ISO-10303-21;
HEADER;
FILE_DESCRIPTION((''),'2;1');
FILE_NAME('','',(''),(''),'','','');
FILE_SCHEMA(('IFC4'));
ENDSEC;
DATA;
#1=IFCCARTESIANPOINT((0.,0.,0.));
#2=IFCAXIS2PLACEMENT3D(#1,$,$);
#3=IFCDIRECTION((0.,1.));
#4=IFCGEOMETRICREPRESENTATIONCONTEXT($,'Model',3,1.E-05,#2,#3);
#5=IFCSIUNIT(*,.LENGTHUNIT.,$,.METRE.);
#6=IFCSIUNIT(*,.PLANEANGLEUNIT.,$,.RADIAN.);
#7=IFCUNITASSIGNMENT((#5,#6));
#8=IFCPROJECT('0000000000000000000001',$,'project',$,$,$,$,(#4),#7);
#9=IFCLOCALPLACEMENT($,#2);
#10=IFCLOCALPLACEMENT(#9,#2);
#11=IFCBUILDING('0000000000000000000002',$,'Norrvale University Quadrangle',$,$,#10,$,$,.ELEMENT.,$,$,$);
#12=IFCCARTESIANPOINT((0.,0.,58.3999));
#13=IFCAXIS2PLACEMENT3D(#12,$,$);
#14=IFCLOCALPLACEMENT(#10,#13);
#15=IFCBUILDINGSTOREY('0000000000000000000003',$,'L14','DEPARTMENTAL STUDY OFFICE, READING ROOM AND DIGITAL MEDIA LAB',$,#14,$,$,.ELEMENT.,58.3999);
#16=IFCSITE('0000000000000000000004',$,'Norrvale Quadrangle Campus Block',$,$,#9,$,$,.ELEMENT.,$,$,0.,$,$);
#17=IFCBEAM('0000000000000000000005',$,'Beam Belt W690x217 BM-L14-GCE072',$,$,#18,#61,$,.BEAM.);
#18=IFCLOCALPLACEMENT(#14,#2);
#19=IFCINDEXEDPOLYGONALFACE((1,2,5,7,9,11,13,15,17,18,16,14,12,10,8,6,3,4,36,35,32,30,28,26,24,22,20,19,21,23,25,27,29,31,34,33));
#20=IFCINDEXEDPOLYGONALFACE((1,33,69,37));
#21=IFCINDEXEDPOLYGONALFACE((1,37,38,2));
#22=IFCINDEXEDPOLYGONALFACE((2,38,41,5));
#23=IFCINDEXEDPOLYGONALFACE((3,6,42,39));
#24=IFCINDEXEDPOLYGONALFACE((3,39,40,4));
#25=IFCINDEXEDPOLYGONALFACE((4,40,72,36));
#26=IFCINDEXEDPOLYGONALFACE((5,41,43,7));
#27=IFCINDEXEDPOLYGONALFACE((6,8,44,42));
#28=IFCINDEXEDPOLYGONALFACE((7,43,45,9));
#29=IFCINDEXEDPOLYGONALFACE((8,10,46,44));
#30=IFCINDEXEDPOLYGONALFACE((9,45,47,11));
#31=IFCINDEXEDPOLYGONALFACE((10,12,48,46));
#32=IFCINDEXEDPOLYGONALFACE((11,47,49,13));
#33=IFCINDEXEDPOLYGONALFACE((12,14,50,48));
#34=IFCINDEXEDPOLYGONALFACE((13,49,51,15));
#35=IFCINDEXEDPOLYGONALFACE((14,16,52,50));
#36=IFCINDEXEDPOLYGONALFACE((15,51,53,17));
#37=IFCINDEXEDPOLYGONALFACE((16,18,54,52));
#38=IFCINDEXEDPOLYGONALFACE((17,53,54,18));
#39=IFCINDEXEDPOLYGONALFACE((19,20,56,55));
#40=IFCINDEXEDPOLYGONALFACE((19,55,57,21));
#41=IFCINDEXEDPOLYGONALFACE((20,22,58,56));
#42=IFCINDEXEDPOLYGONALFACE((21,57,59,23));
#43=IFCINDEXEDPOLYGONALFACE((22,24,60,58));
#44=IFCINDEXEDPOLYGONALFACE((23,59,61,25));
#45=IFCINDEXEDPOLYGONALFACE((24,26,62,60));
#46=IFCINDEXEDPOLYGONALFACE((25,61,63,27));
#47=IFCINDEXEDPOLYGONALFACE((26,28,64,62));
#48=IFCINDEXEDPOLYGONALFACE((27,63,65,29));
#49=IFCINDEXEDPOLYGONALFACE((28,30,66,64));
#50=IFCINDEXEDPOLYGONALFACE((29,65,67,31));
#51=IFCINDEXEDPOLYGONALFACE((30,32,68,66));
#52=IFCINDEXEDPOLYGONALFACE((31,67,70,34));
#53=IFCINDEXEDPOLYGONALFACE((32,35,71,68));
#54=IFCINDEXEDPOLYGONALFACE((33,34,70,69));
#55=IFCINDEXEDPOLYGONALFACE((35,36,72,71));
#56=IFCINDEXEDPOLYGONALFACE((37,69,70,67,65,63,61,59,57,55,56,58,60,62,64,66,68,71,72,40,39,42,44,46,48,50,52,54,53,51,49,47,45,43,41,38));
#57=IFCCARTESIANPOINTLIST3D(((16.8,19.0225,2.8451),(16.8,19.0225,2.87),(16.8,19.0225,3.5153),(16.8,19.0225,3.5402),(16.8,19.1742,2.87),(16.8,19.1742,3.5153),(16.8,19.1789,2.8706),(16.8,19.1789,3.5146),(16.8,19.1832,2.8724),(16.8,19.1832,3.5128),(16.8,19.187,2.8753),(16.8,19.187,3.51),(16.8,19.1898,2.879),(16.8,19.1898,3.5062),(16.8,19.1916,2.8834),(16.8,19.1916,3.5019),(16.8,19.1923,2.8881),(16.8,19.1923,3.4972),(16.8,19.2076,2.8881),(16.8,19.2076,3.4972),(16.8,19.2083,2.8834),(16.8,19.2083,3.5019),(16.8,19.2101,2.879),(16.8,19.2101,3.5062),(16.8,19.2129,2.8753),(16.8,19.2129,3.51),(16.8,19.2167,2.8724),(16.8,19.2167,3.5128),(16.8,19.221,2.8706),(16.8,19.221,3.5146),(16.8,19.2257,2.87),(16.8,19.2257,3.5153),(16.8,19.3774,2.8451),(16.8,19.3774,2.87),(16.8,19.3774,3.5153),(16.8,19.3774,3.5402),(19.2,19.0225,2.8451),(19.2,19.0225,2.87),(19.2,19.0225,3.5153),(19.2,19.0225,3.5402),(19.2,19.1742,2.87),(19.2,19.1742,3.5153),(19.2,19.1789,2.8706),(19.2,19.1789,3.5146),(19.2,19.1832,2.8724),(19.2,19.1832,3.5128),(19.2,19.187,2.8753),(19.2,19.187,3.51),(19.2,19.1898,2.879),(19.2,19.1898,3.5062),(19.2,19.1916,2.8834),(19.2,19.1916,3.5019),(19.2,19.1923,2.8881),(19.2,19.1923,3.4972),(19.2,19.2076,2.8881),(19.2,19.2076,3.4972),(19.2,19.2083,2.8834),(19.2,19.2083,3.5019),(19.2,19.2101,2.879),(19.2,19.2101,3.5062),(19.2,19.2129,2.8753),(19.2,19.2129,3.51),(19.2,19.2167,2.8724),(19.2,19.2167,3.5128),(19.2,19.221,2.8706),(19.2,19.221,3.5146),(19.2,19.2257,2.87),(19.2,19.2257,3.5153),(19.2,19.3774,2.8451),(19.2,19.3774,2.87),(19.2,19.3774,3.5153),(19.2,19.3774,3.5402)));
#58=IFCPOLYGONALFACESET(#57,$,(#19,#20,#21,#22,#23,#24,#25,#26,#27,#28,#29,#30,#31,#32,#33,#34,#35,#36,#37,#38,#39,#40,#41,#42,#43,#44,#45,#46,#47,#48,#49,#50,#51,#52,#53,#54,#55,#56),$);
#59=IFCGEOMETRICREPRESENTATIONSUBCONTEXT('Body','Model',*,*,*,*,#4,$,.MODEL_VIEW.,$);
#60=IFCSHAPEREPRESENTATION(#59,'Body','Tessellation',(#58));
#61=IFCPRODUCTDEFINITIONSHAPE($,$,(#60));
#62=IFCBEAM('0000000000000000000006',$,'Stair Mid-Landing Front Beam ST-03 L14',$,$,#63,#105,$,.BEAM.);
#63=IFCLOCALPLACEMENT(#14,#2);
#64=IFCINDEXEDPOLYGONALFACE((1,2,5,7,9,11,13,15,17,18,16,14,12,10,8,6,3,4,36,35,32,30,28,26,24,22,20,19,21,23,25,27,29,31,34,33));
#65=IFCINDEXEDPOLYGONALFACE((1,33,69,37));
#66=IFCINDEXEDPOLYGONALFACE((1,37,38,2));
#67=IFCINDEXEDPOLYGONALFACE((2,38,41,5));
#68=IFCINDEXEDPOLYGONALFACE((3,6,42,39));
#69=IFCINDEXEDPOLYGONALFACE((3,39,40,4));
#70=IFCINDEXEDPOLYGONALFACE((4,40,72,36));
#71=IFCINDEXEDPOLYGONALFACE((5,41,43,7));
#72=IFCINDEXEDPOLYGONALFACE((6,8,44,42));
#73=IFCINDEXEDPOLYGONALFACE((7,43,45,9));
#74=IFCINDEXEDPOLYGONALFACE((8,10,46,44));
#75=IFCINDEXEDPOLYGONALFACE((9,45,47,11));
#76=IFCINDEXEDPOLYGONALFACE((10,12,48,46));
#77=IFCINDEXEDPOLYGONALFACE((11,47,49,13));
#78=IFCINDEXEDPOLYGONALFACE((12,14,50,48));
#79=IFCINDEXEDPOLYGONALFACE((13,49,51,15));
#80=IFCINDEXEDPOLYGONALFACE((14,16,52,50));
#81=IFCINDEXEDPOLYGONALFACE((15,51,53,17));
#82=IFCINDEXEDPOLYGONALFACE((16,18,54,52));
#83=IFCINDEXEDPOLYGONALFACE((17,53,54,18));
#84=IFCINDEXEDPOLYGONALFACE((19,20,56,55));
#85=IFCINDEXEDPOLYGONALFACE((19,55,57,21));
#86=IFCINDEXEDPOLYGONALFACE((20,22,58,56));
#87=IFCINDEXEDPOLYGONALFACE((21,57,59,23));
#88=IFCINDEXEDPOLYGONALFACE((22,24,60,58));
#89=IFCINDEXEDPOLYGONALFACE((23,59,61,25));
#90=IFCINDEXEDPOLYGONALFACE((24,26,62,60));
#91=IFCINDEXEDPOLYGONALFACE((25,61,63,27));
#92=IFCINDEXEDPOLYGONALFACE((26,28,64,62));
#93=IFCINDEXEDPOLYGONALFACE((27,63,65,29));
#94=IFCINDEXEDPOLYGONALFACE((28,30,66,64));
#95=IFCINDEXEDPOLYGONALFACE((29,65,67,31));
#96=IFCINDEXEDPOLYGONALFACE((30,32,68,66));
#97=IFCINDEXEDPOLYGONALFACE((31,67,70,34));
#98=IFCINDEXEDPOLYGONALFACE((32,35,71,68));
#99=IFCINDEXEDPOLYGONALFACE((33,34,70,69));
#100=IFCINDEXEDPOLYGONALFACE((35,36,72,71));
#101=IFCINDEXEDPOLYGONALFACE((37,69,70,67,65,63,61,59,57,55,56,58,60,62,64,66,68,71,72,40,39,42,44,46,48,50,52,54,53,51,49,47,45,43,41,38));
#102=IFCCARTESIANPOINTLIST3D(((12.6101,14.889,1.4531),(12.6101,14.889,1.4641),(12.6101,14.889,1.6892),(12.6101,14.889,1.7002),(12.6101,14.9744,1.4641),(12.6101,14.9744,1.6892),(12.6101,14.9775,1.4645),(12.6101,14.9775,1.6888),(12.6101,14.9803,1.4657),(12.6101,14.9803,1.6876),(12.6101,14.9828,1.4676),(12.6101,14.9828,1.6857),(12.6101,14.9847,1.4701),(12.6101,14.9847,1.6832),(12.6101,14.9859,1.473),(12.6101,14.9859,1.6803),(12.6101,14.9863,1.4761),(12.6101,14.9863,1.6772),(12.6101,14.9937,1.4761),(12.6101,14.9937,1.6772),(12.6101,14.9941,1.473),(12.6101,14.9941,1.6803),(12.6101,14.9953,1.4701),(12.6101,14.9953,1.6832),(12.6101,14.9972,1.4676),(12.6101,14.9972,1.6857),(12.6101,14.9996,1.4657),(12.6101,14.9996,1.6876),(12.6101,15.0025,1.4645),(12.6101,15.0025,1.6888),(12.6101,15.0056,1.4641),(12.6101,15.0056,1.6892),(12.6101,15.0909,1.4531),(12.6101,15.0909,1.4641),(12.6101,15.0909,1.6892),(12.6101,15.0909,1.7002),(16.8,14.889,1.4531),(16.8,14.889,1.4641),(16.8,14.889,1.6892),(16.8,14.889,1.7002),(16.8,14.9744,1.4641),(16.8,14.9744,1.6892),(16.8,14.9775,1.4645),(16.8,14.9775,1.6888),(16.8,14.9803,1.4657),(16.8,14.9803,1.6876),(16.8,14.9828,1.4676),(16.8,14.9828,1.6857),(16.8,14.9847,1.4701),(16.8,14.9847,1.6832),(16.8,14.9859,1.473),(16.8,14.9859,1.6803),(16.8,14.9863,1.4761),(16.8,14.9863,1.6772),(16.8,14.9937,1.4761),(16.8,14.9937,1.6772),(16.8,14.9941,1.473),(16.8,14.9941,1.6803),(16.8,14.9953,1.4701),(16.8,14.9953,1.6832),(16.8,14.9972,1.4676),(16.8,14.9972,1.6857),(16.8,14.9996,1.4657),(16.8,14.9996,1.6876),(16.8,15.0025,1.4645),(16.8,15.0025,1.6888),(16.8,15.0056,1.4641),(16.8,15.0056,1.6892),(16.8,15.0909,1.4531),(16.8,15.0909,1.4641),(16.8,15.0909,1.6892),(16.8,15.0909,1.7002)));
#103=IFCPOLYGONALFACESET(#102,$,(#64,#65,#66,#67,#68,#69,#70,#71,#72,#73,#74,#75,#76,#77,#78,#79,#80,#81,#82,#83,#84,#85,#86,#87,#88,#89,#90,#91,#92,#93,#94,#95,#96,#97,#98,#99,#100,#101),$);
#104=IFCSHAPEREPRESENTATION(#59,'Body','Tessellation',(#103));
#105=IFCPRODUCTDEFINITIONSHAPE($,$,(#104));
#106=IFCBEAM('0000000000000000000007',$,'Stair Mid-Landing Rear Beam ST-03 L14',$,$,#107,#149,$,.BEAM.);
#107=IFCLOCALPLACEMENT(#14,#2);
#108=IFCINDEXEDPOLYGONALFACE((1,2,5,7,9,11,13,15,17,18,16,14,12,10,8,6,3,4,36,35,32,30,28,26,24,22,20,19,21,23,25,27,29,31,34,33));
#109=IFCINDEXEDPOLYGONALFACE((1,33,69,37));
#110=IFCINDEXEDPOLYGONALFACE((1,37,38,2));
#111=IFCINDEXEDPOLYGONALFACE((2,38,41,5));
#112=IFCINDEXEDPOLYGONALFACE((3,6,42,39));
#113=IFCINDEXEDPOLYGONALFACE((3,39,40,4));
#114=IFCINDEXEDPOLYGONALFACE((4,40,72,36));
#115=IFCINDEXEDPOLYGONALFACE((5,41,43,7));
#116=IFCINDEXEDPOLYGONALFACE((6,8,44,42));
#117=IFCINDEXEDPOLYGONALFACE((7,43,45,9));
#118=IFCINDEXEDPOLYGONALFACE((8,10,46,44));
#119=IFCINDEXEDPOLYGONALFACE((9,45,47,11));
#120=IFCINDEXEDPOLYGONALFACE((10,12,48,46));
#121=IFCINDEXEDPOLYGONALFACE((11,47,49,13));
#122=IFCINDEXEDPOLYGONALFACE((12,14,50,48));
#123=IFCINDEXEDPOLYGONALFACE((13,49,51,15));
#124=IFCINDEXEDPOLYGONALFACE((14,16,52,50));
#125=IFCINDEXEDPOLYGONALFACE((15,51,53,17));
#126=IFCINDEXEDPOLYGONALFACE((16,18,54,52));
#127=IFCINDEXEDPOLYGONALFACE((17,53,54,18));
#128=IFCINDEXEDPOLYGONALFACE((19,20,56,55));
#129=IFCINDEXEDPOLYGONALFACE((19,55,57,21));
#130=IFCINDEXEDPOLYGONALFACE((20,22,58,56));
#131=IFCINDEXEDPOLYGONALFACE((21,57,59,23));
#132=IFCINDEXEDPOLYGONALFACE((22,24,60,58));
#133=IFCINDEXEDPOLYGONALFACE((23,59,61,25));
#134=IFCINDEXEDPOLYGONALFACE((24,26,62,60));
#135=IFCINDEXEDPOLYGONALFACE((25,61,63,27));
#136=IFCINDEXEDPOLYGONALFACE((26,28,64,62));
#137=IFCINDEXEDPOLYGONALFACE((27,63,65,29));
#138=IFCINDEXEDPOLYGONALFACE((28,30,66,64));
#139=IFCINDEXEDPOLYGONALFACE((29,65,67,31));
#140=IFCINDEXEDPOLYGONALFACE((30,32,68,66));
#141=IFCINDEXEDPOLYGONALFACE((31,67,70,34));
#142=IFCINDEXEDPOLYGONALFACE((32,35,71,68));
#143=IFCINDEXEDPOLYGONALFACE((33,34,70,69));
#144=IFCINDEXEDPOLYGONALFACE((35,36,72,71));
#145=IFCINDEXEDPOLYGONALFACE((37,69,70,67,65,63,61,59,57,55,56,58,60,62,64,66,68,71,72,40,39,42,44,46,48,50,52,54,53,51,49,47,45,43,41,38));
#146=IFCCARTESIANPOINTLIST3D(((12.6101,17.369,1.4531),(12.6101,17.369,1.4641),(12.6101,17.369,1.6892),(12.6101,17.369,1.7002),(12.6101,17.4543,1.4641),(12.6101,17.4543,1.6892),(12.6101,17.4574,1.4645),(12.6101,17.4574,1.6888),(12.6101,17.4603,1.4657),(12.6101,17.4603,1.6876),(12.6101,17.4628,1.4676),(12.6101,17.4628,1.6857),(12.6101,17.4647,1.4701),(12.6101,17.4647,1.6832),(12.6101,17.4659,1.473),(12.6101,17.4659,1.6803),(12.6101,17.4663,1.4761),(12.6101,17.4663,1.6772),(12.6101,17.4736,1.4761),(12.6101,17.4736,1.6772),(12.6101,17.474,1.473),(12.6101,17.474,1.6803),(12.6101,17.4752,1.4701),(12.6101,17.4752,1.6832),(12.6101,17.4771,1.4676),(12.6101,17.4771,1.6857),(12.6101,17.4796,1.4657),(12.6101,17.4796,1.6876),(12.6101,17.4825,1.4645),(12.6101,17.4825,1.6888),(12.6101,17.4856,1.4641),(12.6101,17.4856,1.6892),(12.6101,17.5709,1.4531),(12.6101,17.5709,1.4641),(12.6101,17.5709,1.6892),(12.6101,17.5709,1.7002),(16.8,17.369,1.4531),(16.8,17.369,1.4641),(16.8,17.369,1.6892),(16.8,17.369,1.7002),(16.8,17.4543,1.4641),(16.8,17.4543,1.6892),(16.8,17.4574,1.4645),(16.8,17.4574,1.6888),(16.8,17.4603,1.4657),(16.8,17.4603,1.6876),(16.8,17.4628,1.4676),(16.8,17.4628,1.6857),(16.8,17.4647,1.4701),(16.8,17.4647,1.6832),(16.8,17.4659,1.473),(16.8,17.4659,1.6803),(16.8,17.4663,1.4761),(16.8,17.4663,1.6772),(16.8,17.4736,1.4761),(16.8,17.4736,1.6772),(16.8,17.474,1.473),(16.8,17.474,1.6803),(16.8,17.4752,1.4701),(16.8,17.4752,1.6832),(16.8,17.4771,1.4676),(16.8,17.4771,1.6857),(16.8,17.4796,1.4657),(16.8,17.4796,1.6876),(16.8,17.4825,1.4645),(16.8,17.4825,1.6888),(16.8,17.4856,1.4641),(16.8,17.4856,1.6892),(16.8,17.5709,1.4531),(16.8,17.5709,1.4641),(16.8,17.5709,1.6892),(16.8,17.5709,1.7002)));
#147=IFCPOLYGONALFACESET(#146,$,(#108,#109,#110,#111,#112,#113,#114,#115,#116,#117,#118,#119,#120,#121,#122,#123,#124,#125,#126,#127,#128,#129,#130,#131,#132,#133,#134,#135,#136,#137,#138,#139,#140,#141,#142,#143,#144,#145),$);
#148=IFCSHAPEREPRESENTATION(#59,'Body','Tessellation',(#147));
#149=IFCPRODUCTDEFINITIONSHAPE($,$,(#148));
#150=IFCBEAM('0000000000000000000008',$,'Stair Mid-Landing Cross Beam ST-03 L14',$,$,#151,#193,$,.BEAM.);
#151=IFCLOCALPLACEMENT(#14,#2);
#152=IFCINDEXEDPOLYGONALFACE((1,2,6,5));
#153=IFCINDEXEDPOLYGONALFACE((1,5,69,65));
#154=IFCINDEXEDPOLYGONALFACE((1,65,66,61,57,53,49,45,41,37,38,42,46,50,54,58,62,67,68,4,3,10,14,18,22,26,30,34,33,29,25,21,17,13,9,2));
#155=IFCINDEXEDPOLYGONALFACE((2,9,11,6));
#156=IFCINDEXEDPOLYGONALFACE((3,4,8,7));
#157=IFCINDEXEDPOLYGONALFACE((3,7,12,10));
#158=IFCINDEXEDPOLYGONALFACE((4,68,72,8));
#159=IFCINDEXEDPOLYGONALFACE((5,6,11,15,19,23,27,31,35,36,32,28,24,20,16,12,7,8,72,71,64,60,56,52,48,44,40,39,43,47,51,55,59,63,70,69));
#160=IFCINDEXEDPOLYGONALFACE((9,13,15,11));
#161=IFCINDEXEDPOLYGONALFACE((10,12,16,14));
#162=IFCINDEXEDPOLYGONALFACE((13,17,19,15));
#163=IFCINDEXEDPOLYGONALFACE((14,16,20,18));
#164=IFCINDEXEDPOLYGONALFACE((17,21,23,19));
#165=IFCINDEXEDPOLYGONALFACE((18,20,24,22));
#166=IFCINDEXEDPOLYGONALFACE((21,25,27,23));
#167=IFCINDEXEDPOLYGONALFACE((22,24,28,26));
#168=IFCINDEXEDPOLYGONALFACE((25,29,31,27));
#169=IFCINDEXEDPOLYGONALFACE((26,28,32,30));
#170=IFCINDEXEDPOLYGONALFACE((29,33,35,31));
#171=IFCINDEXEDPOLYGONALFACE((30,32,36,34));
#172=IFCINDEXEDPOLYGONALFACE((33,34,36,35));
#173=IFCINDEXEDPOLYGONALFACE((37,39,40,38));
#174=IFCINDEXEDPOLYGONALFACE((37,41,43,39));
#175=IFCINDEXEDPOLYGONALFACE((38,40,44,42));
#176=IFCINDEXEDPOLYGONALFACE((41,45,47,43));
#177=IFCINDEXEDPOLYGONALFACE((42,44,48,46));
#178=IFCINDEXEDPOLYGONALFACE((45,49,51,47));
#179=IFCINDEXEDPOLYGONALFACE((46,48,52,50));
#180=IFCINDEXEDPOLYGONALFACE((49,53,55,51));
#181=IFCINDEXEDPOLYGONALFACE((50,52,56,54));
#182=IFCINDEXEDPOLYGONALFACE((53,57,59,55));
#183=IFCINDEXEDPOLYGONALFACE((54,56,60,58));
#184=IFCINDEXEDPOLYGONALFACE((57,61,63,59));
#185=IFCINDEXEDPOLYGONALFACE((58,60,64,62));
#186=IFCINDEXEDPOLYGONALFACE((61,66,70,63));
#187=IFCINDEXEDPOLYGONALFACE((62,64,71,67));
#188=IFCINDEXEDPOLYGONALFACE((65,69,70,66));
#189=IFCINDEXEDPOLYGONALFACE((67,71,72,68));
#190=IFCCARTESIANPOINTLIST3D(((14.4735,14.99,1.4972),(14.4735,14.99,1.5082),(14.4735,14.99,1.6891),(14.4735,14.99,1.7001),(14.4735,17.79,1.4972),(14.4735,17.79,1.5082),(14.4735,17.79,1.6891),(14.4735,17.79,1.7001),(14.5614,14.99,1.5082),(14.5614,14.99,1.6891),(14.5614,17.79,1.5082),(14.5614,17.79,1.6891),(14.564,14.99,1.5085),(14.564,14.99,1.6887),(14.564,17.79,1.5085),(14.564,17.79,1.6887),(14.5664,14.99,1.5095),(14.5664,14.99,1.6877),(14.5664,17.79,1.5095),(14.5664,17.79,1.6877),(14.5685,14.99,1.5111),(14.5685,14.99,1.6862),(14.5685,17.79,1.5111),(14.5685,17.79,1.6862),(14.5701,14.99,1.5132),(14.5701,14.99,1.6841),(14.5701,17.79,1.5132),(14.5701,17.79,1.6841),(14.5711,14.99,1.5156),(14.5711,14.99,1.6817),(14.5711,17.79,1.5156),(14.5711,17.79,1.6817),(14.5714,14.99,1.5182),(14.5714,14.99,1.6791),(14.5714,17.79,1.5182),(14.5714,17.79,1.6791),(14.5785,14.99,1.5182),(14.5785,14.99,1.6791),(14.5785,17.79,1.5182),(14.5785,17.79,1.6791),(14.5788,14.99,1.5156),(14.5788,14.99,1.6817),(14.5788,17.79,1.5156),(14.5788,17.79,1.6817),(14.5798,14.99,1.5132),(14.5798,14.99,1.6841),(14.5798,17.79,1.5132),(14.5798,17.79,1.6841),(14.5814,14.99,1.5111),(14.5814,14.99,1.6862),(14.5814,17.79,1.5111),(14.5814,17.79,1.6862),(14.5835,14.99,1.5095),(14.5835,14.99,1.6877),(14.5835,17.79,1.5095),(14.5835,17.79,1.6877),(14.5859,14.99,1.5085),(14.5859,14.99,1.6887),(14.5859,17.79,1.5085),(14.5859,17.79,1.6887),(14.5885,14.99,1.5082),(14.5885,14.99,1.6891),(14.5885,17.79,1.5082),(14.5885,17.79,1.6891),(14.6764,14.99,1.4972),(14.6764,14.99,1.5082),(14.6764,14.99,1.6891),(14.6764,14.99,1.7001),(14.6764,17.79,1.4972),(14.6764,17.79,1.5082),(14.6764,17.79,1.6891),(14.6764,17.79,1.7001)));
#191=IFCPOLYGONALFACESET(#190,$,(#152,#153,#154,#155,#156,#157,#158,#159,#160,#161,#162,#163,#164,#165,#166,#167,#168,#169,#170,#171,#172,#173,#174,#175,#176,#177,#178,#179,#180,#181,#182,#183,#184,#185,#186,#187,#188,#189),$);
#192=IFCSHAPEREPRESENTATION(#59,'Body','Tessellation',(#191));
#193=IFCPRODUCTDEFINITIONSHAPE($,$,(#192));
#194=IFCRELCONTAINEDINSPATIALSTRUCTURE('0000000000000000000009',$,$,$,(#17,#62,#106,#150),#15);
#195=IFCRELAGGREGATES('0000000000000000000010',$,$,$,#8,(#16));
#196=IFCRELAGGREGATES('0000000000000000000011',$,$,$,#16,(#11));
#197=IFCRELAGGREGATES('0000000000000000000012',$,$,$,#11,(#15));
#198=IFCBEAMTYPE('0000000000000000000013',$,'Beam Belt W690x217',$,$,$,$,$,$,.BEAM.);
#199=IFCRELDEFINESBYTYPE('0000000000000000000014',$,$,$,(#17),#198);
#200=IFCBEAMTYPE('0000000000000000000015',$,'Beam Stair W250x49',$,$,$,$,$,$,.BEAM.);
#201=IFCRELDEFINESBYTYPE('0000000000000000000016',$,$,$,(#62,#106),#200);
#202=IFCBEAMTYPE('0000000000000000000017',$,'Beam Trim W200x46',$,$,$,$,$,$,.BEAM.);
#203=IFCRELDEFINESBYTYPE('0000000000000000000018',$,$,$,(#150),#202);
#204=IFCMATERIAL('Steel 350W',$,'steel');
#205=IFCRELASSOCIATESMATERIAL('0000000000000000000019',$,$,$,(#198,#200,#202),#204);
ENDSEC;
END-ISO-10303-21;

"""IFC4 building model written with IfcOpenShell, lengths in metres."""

from ifc_helpers import new_model, si_unit, direction, frame, origin, origin_2d, place, context, subcontext, project, spatial, i_section, extrude, material, material_profile, profile_set, type_object, element, save


model = new_model("IFC4")

# Units and contexts
model_context = context("Model", 3, precision=1e-05, world=origin(), true_north=direction((0.0, 1.0)))
body_context = subcontext(model_context, "Body", "Model", "MODEL_VIEW")
ifc_project = project(units=[si_unit("LENGTHUNIT", "METRE"), si_unit("PLANEANGLEUNIT", "RADIAN")], contexts=[model_context])

# Site, building, storey
site_placement = place(None, origin())
site = spatial("IfcSite", under=ifc_project, at=site_placement, Name="Norrvale Quadrangle Campus Block", CompositionType="ELEMENT", RefElevation=0.0)
building_placement = place(site_placement, origin())
building = spatial("IfcBuilding", under=site, at=building_placement, Name="Norrvale University Quadrangle", CompositionType="ELEMENT")
storey_placement = place(building_placement, frame((0.0, 0.0, 58.3999)))
storey = spatial("IfcBuildingStorey", under=building, at=storey_placement, Name="L14", Description="DEPARTMENTAL STUDY OFFICE, READING ROOM AND DIGITAL MEDIA LAB", CompositionType="ELEMENT", Elevation=58.3999)

# Beams
ifc_material_1 = material(Name="Steel 350W", Category="steel")
ifc_material_profile_1 = material_profile(ifc_material_1, i_section(OverallWidth=0.355, OverallDepth=0.6951, WebThickness=0.0154, FlangeThickness=0.0249, FilletRadius=0.0181, at=origin_2d()), Name="Steel 350W")
ifc_profile_set_1 = profile_set([ifc_material_profile_1], Name="Steel 350W")
beam_type_1 = type_object("IfcBeamType", Name="Beam Belt W690x217", PredefinedType="BEAM", material=ifc_profile_set_1)
beam_1_placement = place(storey_placement, frame((16.8, 19.2, 3.1926), z_axis=(1.0, 0.0, 0.0), x_axis=(0.0, 1.0, 0.0)))
element("IfcBeam", 1, at=beam_1_placement, inside=storey, type_object=beam_type_1, Name="Beam Belt W690x217 BM-L14-GCE072", PredefinedType="BEAM", context=body_context, shape_type="SweptSolid", body=[
    extrude(i_section(OverallWidth=0.355, OverallDepth=0.6951, WebThickness=0.0154, FlangeThickness=0.0249, FilletRadius=0.0181, at=origin_2d()), origin(), (0.0, 0.0, 1.0), 2.3999),
])
ifc_material_profile_2 = material_profile(ifc_material_1, i_section(OverallWidth=0.2019, OverallDepth=0.2471, WebThickness=0.0073, FlangeThickness=0.011, FilletRadius=0.012, at=origin_2d()), Name="Steel 350W")
ifc_profile_set_2 = profile_set([ifc_material_profile_2], Name="Steel 350W")
beam_type_2 = type_object("IfcBeamType", Name="Beam Stair W250x49", PredefinedType="BEAM", material=ifc_profile_set_2)
for number, where, z_axis, x_axis, name in (
    (2, (12.6101, 14.99, 1.5767), (1.0, 0.0, 0.0), (0.0, 1.0, 0.0), "Stair Mid-Landing Front Beam ST-03 L14"),
    (3, (12.6101, 17.47, 1.5767), (1.0, 0.0, 0.0), (0.0, 1.0, 0.0), "Stair Mid-Landing Rear Beam ST-03 L14"),
):
    element("IfcBeam", number, at=place(storey_placement, frame(where, z_axis=z_axis, x_axis=x_axis)), inside=storey, type_object=beam_type_2, Name=name, PredefinedType="BEAM", context=body_context, shape_type="SweptSolid", body=[
        extrude(i_section(OverallWidth=0.2019, OverallDepth=0.2471, WebThickness=0.0073, FlangeThickness=0.011, FilletRadius=0.012, at=origin_2d()), origin(), (0.0, 0.0, 1.0), 4.1899),
    ])
ifc_material_profile_3 = material_profile(ifc_material_1, i_section(OverallWidth=0.2029, OverallDepth=0.2029, WebThickness=0.0071, FlangeThickness=0.011, FilletRadius=0.01, at=origin_2d()), Name="Steel 350W")
ifc_profile_set_3 = profile_set([ifc_material_profile_3], Name="Steel 350W")
beam_type_3 = type_object("IfcBeamType", Name="Beam Trim W200x46", PredefinedType="BEAM", material=ifc_profile_set_3)
beam_2_placement = place(storey_placement, frame((14.575, 14.99, 1.5986), z_axis=(0.0, 1.0, 0.0), x_axis=(-1.0, 0.0, 0.0)))
element("IfcBeam", 4, at=beam_2_placement, inside=storey, type_object=beam_type_3, Name="Stair Mid-Landing Cross Beam ST-03 L14", PredefinedType="BEAM", context=body_context, shape_type="SweptSolid", body=[
    extrude(i_section(OverallWidth=0.2029, OverallDepth=0.2029, WebThickness=0.0071, FlangeThickness=0.011, FilletRadius=0.01, at=origin_2d()), origin(), (0.0, 0.0, 1.0), 2.8),
])

save(model, "model.ifc")
